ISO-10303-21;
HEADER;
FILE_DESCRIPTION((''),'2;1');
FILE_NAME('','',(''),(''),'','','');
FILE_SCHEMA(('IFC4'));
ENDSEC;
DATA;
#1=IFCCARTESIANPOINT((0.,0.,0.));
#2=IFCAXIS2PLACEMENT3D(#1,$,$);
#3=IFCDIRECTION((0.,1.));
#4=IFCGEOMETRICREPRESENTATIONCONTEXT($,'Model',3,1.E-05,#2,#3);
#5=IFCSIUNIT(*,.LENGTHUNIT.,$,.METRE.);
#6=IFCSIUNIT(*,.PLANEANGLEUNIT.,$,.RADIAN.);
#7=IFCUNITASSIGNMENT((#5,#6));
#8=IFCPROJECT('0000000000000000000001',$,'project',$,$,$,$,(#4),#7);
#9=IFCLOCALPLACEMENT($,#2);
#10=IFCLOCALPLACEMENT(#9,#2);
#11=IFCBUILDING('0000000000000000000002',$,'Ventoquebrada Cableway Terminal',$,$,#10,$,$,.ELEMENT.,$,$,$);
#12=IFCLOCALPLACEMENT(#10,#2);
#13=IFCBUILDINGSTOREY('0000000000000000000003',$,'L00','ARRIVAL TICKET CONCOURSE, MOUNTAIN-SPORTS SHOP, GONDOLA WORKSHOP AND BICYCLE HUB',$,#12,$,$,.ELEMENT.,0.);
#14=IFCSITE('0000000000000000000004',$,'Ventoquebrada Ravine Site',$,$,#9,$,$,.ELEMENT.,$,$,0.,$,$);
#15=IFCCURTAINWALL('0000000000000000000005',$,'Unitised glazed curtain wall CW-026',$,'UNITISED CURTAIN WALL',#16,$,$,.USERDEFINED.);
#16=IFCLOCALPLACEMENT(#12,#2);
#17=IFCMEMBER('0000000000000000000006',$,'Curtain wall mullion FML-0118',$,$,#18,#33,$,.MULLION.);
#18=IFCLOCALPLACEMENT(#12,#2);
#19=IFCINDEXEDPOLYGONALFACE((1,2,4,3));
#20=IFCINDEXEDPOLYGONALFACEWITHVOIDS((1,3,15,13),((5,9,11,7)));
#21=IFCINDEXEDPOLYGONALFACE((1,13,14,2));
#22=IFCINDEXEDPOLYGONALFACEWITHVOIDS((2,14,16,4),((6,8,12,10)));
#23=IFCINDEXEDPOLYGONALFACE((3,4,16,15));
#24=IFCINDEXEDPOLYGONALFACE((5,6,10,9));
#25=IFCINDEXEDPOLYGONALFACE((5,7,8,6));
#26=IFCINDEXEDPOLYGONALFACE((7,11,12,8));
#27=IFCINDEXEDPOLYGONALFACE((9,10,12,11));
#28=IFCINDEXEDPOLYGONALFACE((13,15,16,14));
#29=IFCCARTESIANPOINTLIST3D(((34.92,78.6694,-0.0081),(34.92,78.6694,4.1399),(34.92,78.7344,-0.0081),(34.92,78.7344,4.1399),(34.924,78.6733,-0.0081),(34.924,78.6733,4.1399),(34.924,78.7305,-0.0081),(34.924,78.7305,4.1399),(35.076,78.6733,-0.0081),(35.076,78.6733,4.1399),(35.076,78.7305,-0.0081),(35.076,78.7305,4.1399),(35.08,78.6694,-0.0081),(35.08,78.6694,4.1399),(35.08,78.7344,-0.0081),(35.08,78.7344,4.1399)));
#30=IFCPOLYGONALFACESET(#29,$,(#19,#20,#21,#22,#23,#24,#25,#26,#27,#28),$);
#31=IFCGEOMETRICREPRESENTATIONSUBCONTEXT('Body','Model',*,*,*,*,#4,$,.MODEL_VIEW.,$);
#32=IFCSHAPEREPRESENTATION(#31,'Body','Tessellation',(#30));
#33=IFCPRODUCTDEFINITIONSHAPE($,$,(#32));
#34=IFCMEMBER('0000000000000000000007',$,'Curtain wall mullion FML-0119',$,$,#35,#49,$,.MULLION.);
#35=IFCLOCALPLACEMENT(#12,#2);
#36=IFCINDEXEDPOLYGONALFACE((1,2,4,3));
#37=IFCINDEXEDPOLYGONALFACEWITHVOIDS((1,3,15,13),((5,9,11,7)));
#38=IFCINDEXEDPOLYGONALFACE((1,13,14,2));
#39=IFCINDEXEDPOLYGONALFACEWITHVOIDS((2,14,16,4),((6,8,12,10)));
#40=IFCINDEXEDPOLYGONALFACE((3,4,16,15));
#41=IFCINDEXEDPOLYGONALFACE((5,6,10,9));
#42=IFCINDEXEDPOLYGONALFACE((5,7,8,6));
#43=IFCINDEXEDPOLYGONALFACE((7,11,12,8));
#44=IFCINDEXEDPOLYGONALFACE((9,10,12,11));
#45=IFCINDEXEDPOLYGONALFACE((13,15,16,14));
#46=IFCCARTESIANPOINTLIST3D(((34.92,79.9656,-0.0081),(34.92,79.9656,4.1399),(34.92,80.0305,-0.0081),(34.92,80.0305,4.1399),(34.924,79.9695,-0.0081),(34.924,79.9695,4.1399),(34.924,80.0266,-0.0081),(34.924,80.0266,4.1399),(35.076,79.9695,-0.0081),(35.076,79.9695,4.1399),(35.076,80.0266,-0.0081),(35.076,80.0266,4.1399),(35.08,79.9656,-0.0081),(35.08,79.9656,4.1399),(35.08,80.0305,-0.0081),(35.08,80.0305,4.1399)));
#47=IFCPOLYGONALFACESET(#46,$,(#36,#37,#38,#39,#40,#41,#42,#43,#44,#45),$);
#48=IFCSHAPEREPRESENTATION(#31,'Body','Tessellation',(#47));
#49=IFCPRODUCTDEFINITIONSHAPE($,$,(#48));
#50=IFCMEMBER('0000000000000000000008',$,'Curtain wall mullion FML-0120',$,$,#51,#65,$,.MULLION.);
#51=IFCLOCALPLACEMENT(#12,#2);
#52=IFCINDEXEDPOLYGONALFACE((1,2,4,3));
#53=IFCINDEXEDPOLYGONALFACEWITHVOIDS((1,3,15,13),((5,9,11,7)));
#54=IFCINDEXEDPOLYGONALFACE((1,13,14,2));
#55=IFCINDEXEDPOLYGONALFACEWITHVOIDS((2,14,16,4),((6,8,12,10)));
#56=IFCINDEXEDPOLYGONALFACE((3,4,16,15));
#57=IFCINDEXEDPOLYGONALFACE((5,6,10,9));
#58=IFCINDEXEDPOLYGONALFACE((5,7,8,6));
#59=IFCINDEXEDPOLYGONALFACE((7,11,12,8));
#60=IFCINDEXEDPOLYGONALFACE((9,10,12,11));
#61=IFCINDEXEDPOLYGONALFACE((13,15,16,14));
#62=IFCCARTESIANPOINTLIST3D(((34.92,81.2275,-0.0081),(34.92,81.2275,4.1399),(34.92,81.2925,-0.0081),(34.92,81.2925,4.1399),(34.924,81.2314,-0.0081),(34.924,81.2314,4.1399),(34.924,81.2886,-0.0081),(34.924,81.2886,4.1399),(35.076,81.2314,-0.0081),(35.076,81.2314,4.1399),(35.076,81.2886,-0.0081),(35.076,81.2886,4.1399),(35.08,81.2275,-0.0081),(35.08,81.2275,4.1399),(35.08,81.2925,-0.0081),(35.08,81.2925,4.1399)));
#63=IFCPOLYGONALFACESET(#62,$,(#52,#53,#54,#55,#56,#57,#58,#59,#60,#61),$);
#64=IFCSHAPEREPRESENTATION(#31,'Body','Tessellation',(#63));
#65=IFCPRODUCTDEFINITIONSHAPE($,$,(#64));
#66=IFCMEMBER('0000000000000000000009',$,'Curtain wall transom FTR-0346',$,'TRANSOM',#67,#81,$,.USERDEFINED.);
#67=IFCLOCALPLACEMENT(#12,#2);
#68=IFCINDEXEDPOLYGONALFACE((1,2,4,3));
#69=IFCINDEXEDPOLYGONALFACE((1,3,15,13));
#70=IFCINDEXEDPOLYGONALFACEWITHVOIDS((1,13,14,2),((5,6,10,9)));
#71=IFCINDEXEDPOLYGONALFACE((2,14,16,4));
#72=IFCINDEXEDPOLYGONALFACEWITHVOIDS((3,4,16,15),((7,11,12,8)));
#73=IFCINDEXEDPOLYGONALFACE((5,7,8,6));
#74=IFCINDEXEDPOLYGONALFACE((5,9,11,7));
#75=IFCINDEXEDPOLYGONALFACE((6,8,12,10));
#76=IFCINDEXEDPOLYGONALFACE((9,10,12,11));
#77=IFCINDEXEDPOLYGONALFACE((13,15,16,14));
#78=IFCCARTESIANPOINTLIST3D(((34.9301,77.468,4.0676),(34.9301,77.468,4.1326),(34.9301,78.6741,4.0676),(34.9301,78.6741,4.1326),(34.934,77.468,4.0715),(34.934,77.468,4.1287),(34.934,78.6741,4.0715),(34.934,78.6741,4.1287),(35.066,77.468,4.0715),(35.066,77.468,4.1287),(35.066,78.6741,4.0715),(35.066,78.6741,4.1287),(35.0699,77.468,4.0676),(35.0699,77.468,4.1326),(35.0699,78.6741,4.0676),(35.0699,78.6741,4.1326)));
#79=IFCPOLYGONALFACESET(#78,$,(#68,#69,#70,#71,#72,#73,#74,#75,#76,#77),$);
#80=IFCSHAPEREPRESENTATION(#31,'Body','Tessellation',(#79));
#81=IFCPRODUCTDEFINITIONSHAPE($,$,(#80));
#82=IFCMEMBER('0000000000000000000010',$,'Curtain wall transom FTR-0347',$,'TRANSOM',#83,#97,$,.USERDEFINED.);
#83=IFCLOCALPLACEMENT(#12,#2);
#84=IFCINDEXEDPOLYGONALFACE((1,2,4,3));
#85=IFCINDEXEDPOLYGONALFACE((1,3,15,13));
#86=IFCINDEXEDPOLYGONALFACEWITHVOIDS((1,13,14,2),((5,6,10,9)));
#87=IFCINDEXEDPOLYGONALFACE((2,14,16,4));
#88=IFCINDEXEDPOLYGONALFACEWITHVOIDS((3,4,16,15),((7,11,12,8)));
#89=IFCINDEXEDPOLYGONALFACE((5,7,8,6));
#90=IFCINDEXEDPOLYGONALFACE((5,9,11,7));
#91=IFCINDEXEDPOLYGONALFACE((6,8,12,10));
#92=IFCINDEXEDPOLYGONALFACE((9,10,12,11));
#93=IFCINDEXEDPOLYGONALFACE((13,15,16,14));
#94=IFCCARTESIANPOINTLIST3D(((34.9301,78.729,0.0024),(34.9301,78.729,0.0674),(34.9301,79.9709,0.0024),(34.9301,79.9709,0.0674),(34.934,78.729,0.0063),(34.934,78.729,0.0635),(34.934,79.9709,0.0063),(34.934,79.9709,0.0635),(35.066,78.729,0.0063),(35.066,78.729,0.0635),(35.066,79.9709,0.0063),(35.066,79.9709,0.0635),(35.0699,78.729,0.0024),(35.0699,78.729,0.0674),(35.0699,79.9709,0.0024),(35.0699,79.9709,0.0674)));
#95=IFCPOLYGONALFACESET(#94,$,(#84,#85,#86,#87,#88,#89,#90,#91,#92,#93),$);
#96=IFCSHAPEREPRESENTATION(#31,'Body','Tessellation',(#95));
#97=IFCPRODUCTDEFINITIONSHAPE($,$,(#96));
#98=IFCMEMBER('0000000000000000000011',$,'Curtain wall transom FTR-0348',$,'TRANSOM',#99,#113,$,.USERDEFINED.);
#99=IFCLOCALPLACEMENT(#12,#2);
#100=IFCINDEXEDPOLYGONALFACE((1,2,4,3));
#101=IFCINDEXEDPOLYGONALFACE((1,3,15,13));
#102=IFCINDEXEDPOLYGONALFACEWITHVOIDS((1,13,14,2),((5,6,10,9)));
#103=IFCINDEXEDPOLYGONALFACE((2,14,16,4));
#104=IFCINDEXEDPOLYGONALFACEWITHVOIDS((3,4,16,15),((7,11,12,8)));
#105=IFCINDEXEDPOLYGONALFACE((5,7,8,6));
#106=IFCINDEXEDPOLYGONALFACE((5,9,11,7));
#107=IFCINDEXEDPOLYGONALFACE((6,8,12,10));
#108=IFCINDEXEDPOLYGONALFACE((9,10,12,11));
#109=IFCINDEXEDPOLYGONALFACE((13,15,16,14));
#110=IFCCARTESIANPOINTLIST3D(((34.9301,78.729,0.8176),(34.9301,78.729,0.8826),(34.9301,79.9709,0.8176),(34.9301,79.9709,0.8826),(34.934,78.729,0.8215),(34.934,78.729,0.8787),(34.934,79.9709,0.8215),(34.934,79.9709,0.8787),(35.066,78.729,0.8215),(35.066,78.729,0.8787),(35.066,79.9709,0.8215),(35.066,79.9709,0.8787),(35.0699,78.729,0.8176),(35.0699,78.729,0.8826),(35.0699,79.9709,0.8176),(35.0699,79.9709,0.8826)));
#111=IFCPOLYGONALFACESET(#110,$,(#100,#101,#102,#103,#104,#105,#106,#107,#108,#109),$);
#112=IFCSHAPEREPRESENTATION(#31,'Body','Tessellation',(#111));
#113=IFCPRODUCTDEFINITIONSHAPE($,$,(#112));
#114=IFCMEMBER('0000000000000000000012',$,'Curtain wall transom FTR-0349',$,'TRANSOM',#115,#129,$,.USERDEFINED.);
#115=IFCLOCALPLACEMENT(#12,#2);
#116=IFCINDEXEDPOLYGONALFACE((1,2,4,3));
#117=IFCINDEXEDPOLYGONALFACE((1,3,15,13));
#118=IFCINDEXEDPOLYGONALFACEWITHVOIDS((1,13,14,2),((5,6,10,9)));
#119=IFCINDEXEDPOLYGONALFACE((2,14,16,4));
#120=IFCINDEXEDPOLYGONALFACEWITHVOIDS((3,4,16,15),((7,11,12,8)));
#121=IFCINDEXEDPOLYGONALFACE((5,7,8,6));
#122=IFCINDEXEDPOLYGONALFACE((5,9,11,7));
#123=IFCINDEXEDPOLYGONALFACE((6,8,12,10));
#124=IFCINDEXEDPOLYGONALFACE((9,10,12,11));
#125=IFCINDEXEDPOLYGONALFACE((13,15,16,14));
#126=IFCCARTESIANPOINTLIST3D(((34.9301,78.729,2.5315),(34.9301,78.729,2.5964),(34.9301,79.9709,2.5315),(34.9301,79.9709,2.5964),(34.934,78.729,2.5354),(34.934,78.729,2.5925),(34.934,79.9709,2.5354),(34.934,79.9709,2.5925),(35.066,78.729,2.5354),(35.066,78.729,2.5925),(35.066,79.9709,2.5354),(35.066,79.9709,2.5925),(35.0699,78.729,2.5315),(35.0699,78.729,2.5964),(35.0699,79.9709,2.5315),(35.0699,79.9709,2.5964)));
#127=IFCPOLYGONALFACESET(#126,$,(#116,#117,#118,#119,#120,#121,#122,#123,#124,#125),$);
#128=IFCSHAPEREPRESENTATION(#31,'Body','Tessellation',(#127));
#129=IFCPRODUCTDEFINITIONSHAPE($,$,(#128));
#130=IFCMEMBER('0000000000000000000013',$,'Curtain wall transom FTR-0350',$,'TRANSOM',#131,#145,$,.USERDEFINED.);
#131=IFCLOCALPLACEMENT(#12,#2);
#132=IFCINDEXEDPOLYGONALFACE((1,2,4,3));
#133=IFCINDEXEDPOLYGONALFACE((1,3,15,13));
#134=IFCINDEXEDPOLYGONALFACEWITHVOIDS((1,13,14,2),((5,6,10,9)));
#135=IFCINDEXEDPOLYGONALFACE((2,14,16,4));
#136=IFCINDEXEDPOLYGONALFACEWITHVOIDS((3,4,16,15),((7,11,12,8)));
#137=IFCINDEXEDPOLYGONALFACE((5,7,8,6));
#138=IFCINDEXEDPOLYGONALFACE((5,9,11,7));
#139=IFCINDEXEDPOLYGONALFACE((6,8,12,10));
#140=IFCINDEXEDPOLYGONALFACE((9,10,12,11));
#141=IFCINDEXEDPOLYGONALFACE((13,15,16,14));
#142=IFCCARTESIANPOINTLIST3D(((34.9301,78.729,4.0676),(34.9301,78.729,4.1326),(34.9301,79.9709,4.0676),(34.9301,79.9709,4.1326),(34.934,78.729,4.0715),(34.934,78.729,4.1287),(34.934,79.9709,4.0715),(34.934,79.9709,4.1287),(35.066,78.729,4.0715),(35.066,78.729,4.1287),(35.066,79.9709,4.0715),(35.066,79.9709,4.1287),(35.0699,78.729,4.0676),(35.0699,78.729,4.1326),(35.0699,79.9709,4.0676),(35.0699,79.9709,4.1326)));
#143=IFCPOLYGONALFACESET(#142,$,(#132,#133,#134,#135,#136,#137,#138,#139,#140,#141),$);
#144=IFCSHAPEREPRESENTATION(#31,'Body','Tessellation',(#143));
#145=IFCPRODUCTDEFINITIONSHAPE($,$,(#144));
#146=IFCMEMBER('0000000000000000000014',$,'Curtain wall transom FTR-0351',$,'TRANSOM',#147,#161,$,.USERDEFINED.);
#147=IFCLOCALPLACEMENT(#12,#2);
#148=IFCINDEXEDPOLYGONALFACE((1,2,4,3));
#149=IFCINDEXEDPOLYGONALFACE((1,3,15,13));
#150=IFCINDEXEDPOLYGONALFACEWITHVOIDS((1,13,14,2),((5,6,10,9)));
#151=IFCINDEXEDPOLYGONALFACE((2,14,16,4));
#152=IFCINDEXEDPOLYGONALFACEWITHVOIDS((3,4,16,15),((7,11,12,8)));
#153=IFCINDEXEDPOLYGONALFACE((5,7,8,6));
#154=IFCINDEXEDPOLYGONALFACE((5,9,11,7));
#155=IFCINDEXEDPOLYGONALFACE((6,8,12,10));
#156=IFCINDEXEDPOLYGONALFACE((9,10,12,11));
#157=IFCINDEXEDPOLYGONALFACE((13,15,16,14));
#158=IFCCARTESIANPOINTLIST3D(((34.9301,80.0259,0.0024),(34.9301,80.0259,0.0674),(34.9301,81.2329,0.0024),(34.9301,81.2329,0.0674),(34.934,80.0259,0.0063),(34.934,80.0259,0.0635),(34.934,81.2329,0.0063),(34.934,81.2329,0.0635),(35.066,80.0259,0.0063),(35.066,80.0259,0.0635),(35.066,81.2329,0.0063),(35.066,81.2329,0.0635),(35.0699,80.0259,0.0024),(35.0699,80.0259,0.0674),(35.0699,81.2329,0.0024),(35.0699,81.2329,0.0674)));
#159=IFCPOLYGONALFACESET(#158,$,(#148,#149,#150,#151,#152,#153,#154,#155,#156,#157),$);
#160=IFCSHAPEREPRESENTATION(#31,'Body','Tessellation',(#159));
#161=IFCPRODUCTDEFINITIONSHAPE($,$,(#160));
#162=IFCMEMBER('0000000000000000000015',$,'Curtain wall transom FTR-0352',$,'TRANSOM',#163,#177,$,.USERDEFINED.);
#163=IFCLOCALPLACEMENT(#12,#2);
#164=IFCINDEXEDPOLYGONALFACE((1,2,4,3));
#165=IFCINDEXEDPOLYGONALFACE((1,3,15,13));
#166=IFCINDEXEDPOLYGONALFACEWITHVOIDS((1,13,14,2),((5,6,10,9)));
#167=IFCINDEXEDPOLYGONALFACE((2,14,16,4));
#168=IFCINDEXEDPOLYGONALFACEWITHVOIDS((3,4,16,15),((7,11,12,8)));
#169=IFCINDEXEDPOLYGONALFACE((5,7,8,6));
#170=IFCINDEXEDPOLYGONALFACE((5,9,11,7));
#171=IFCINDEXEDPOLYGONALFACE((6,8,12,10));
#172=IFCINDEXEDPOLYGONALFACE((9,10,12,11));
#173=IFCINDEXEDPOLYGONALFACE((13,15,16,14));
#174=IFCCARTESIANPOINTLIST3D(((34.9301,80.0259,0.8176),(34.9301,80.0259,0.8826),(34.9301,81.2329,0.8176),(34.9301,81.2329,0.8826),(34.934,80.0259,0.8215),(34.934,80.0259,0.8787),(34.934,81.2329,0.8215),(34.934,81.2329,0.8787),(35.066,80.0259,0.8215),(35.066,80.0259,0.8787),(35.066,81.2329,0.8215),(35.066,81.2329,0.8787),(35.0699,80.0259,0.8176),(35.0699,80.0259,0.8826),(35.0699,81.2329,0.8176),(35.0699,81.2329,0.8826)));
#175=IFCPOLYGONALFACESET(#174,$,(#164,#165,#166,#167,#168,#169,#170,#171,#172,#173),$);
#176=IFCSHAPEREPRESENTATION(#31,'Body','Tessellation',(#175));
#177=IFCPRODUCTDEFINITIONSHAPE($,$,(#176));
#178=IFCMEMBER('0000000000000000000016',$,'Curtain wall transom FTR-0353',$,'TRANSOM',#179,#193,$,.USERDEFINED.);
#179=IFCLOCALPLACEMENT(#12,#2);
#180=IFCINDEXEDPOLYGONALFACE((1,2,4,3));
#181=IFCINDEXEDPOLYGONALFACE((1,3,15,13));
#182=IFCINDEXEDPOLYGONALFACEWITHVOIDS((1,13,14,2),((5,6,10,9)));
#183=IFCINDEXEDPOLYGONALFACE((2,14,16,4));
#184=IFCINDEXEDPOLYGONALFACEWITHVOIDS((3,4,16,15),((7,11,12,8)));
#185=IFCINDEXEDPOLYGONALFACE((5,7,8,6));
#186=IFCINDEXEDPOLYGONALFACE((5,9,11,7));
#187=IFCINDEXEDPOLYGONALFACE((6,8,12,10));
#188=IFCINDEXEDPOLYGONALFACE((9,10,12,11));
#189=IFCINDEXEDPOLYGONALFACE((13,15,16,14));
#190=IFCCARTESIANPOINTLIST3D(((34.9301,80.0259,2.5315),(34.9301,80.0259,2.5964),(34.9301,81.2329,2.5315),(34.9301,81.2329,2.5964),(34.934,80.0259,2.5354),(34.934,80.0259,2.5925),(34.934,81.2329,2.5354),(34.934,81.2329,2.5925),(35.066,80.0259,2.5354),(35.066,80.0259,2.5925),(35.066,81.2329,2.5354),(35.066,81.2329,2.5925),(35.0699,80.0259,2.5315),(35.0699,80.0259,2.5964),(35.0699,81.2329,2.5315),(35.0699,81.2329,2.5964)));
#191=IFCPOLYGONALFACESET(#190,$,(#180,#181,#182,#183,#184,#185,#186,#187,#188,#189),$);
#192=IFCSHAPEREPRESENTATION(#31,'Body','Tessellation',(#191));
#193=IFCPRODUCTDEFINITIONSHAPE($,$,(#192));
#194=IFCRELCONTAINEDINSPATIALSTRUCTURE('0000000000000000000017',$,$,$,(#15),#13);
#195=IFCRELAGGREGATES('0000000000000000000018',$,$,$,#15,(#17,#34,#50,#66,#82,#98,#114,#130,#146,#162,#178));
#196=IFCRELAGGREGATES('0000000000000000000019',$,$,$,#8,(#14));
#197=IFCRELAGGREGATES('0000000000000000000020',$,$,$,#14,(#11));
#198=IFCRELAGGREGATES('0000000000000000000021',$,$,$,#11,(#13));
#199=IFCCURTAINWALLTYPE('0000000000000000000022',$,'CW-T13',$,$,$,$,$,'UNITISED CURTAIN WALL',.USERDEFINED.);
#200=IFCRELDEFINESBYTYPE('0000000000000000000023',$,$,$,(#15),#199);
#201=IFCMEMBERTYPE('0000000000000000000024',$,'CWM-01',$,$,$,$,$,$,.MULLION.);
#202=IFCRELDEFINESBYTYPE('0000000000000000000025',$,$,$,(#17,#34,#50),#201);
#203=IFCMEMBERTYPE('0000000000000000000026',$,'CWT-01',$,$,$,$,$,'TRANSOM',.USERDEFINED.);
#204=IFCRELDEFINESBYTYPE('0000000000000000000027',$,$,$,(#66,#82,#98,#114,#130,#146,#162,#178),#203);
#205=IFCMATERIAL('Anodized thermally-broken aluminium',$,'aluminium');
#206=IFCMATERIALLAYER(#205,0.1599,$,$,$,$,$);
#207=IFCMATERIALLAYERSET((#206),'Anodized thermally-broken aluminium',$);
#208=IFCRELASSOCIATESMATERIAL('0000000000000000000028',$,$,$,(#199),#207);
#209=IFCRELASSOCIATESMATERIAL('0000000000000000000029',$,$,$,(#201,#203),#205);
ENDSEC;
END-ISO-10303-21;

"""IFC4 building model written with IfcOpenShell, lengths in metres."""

from ifc_helpers import new_model, si_unit, direction, frame, origin, origin_2d, place, context, subcontext, project, spatial, hollow_rectangle, extrude, material, layer, layer_set, material_profile, profile_set, type_object, element, aggregate, save


model = new_model("IFC4")

# Units and contexts
model_context = context("Model", 3, precision=1e-05, world=origin(), true_north=direction((0.0, 1.0)))
body_context = subcontext(model_context, "Body", "Model", "MODEL_VIEW")
ifc_project = project(units=[si_unit("LENGTHUNIT", "METRE"), si_unit("PLANEANGLEUNIT", "RADIAN")], contexts=[model_context])

# Site, building, storey
site_placement = place(None, origin())
site = spatial("IfcSite", under=ifc_project, at=site_placement, Name="Ventoquebrada Ravine Site", CompositionType="ELEMENT", RefElevation=0.0)
building_placement = place(site_placement, origin())
building = spatial("IfcBuilding", under=site, at=building_placement, Name="Ventoquebrada Cableway Terminal", CompositionType="ELEMENT")
storey_placement = place(building_placement, origin())
storey = spatial("IfcBuildingStorey", under=building, at=storey_placement, Name="L00", Description="ARRIVAL TICKET CONCOURSE, MOUNTAIN-SPORTS SHOP, GONDOLA WORKSHOP AND BICYCLE HUB", CompositionType="ELEMENT", Elevation=0.0)

# Curtain wall, members
ifc_material_1 = material(Name="Anodized thermally-broken aluminium", Category="aluminium")
ifc_layer_1 = layer(ifc_material_1, 0.1599)
ifc_layer_set_1 = layer_set([ifc_layer_1], Name="Anodized thermally-broken aluminium")
curtain_wall_type = type_object("IfcCurtainWallType", Name="CW-T13", ElementType="UNITISED CURTAIN WALL", PredefinedType="USERDEFINED", material=ifc_layer_set_1)
curtain_wall_placement = place(storey_placement, origin())
curtain_wall = element("IfcCurtainWall", 1, at=curtain_wall_placement, inside=storey, type_object=curtain_wall_type, Name="Unitised glazed curtain wall CW-026", ObjectType="UNITISED CURTAIN WALL", PredefinedType="USERDEFINED")
ifc_material_profile_1 = material_profile(ifc_material_1, hollow_rectangle(XDim=0.0649, YDim=0.1599, WallThickness=0.0039, at=origin_2d()), Name="CW-MUL-65X160")
ifc_profile_set_1 = profile_set([ifc_material_profile_1], Name="Anodized thermally-broken aluminium")
member_type_1 = type_object("IfcMemberType", Name="CWM-01", PredefinedType="MULLION", material=ifc_profile_set_1)
member_1_placement = place(storey_placement, frame((35.0, 78.7019, -0.0081), z_axis=(0.0, 0.0, 1.0), x_axis=(0.0, 1.0, 0.0)))
member_1 = element("IfcMember", 2, at=member_1_placement, type_object=member_type_1, Name="Curtain wall mullion FML-0118", PredefinedType="MULLION", context=body_context, shape_type="SweptSolid", body=[
    extrude(hollow_rectangle(XDim=0.0649, YDim=0.1599, WallThickness=0.0039, at=origin_2d()), origin(), (0.0, 0.0, 1.0), 4.1479),
])
member_2_placement = place(storey_placement, frame((35.0, 79.998, -0.0081), z_axis=(0.0, 0.0, 1.0), x_axis=(0.0, 1.0, 0.0)))
member_2 = element("IfcMember", 3, at=member_2_placement, type_object=member_type_1, Name="Curtain wall mullion FML-0119", PredefinedType="MULLION", context=body_context, shape_type="SweptSolid", body=[
    extrude(hollow_rectangle(XDim=0.0649, YDim=0.1599, WallThickness=0.0039, at=origin_2d()), origin(), (0.0, 0.0, 1.0), 4.1479),
])
member_3_placement = place(storey_placement, frame((35.0, 81.26, -0.0081), z_axis=(0.0, 0.0, 1.0), x_axis=(0.0, 1.0, 0.0)))
member_3 = element("IfcMember", 4, at=member_3_placement, type_object=member_type_1, Name="Curtain wall mullion FML-0120", PredefinedType="MULLION", context=body_context, shape_type="SweptSolid", body=[
    extrude(hollow_rectangle(XDim=0.0649, YDim=0.1599, WallThickness=0.0039, at=origin_2d()), origin(), (0.0, 0.0, 1.0), 4.1479),
])
ifc_material_profile_2 = material_profile(ifc_material_1, hollow_rectangle(XDim=0.0649, YDim=0.1399, WallThickness=0.0039, at=origin_2d()), Name="CW-TRN-65X140")
ifc_profile_set_2 = profile_set([ifc_material_profile_2], Name="Anodized thermally-broken aluminium")
member_type_2 = type_object("IfcMemberType", Name="CWT-01", ElementType="TRANSOM", PredefinedType="USERDEFINED", material=ifc_profile_set_2)
member_4_placement = place(storey_placement, frame((35.0, 77.468, 4.1001), z_axis=(0.0, 1.0, 0.0), x_axis=(0.0, 0.0, 1.0)))
member_4 = element("IfcMember", 5, at=member_4_placement, type_object=member_type_2, Name="Curtain wall transom FTR-0346", ObjectType="TRANSOM", PredefinedType="USERDEFINED", context=body_context, shape_type="SweptSolid", body=[
    extrude(hollow_rectangle(XDim=0.0649, YDim=0.1399, WallThickness=0.0039, at=origin_2d()), origin(), (0.0, 0.0, 1.0), 1.2061),
])
member_5_placement = place(storey_placement, frame((35.0, 78.729, 0.0349), z_axis=(0.0, 1.0, 0.0), x_axis=(0.0, 0.0, 1.0)))
member_5 = element("IfcMember", 6, at=member_5_placement, type_object=member_type_2, Name="Curtain wall transom FTR-0347", ObjectType="TRANSOM", PredefinedType="USERDEFINED", context=body_context, shape_type="SweptSolid", body=[
    extrude(hollow_rectangle(XDim=0.0649, YDim=0.1399, WallThickness=0.0039, at=origin_2d()), origin(), (0.0, 0.0, 1.0), 1.2419),
])
member_6_placement = place(storey_placement, frame((35.0, 78.729, 0.8501), z_axis=(0.0, 1.0, 0.0), x_axis=(0.0, 0.0, 1.0)))
member_6 = element("IfcMember", 7, at=member_6_placement, type_object=member_type_2, Name="Curtain wall transom FTR-0348", ObjectType="TRANSOM", PredefinedType="USERDEFINED", context=body_context, shape_type="SweptSolid", body=[
    extrude(hollow_rectangle(XDim=0.0649, YDim=0.1399, WallThickness=0.0039, at=origin_2d()), origin(), (0.0, 0.0, 1.0), 1.2419),
])
member_7_placement = place(storey_placement, frame((35.0, 78.729, 2.564), z_axis=(0.0, 1.0, 0.0), x_axis=(0.0, 0.0, 1.0)))
member_7 = element("IfcMember", 8, at=member_7_placement, type_object=member_type_2, Name="Curtain wall transom FTR-0349", ObjectType="TRANSOM", PredefinedType="USERDEFINED", context=body_context, shape_type="SweptSolid", body=[
    extrude(hollow_rectangle(XDim=0.0649, YDim=0.1399, WallThickness=0.0039, at=origin_2d()), origin(), (0.0, 0.0, 1.0), 1.2419),
])
member_8_placement = place(storey_placement, frame((35.0, 78.729, 4.1001), z_axis=(0.0, 1.0, 0.0), x_axis=(0.0, 0.0, 1.0)))
member_8 = element("IfcMember", 9, at=member_8_placement, type_object=member_type_2, Name="Curtain wall transom FTR-0350", ObjectType="TRANSOM", PredefinedType="USERDEFINED", context=body_context, shape_type="SweptSolid", body=[
    extrude(hollow_rectangle(XDim=0.0649, YDim=0.1399, WallThickness=0.0039, at=origin_2d()), origin(), (0.0, 0.0, 1.0), 1.2419),
])
member_9_placement = place(storey_placement, frame((35.0, 80.0259, 0.0349), z_axis=(0.0, 1.0, 0.0), x_axis=(0.0, 0.0, 1.0)))
member_9 = element("IfcMember", 10, at=member_9_placement, type_object=member_type_2, Name="Curtain wall transom FTR-0351", ObjectType="TRANSOM", PredefinedType="USERDEFINED", context=body_context, shape_type="SweptSolid", body=[
    extrude(hollow_rectangle(XDim=0.0649, YDim=0.1399, WallThickness=0.0039, at=origin_2d()), origin(), (0.0, 0.0, 1.0), 1.207),
])
member_10_placement = place(storey_placement, frame((35.0, 80.0259, 0.8501), z_axis=(0.0, 1.0, 0.0), x_axis=(0.0, 0.0, 1.0)))
member_10 = element("IfcMember", 11, at=member_10_placement, type_object=member_type_2, Name="Curtain wall transom FTR-0352", ObjectType="TRANSOM", PredefinedType="USERDEFINED", context=body_context, shape_type="SweptSolid", body=[
    extrude(hollow_rectangle(XDim=0.0649, YDim=0.1399, WallThickness=0.0039, at=origin_2d()), origin(), (0.0, 0.0, 1.0), 1.207),
])
member_11_placement = place(storey_placement, frame((35.0, 80.0259, 2.564), z_axis=(0.0, 1.0, 0.0), x_axis=(0.0, 0.0, 1.0)))
member_11 = element("IfcMember", 12, at=member_11_placement, type_object=member_type_2, Name="Curtain wall transom FTR-0353", ObjectType="TRANSOM", PredefinedType="USERDEFINED", context=body_context, shape_type="SweptSolid", body=[
    extrude(hollow_rectangle(XDim=0.0649, YDim=0.1399, WallThickness=0.0039, at=origin_2d()), origin(), (0.0, 0.0, 1.0), 1.207),
])
aggregate(curtain_wall, [member_1, member_2, member_3, member_4, member_5, member_6, member_7, member_8, member_9, member_10, member_11])

save(model, "model.ifc")
